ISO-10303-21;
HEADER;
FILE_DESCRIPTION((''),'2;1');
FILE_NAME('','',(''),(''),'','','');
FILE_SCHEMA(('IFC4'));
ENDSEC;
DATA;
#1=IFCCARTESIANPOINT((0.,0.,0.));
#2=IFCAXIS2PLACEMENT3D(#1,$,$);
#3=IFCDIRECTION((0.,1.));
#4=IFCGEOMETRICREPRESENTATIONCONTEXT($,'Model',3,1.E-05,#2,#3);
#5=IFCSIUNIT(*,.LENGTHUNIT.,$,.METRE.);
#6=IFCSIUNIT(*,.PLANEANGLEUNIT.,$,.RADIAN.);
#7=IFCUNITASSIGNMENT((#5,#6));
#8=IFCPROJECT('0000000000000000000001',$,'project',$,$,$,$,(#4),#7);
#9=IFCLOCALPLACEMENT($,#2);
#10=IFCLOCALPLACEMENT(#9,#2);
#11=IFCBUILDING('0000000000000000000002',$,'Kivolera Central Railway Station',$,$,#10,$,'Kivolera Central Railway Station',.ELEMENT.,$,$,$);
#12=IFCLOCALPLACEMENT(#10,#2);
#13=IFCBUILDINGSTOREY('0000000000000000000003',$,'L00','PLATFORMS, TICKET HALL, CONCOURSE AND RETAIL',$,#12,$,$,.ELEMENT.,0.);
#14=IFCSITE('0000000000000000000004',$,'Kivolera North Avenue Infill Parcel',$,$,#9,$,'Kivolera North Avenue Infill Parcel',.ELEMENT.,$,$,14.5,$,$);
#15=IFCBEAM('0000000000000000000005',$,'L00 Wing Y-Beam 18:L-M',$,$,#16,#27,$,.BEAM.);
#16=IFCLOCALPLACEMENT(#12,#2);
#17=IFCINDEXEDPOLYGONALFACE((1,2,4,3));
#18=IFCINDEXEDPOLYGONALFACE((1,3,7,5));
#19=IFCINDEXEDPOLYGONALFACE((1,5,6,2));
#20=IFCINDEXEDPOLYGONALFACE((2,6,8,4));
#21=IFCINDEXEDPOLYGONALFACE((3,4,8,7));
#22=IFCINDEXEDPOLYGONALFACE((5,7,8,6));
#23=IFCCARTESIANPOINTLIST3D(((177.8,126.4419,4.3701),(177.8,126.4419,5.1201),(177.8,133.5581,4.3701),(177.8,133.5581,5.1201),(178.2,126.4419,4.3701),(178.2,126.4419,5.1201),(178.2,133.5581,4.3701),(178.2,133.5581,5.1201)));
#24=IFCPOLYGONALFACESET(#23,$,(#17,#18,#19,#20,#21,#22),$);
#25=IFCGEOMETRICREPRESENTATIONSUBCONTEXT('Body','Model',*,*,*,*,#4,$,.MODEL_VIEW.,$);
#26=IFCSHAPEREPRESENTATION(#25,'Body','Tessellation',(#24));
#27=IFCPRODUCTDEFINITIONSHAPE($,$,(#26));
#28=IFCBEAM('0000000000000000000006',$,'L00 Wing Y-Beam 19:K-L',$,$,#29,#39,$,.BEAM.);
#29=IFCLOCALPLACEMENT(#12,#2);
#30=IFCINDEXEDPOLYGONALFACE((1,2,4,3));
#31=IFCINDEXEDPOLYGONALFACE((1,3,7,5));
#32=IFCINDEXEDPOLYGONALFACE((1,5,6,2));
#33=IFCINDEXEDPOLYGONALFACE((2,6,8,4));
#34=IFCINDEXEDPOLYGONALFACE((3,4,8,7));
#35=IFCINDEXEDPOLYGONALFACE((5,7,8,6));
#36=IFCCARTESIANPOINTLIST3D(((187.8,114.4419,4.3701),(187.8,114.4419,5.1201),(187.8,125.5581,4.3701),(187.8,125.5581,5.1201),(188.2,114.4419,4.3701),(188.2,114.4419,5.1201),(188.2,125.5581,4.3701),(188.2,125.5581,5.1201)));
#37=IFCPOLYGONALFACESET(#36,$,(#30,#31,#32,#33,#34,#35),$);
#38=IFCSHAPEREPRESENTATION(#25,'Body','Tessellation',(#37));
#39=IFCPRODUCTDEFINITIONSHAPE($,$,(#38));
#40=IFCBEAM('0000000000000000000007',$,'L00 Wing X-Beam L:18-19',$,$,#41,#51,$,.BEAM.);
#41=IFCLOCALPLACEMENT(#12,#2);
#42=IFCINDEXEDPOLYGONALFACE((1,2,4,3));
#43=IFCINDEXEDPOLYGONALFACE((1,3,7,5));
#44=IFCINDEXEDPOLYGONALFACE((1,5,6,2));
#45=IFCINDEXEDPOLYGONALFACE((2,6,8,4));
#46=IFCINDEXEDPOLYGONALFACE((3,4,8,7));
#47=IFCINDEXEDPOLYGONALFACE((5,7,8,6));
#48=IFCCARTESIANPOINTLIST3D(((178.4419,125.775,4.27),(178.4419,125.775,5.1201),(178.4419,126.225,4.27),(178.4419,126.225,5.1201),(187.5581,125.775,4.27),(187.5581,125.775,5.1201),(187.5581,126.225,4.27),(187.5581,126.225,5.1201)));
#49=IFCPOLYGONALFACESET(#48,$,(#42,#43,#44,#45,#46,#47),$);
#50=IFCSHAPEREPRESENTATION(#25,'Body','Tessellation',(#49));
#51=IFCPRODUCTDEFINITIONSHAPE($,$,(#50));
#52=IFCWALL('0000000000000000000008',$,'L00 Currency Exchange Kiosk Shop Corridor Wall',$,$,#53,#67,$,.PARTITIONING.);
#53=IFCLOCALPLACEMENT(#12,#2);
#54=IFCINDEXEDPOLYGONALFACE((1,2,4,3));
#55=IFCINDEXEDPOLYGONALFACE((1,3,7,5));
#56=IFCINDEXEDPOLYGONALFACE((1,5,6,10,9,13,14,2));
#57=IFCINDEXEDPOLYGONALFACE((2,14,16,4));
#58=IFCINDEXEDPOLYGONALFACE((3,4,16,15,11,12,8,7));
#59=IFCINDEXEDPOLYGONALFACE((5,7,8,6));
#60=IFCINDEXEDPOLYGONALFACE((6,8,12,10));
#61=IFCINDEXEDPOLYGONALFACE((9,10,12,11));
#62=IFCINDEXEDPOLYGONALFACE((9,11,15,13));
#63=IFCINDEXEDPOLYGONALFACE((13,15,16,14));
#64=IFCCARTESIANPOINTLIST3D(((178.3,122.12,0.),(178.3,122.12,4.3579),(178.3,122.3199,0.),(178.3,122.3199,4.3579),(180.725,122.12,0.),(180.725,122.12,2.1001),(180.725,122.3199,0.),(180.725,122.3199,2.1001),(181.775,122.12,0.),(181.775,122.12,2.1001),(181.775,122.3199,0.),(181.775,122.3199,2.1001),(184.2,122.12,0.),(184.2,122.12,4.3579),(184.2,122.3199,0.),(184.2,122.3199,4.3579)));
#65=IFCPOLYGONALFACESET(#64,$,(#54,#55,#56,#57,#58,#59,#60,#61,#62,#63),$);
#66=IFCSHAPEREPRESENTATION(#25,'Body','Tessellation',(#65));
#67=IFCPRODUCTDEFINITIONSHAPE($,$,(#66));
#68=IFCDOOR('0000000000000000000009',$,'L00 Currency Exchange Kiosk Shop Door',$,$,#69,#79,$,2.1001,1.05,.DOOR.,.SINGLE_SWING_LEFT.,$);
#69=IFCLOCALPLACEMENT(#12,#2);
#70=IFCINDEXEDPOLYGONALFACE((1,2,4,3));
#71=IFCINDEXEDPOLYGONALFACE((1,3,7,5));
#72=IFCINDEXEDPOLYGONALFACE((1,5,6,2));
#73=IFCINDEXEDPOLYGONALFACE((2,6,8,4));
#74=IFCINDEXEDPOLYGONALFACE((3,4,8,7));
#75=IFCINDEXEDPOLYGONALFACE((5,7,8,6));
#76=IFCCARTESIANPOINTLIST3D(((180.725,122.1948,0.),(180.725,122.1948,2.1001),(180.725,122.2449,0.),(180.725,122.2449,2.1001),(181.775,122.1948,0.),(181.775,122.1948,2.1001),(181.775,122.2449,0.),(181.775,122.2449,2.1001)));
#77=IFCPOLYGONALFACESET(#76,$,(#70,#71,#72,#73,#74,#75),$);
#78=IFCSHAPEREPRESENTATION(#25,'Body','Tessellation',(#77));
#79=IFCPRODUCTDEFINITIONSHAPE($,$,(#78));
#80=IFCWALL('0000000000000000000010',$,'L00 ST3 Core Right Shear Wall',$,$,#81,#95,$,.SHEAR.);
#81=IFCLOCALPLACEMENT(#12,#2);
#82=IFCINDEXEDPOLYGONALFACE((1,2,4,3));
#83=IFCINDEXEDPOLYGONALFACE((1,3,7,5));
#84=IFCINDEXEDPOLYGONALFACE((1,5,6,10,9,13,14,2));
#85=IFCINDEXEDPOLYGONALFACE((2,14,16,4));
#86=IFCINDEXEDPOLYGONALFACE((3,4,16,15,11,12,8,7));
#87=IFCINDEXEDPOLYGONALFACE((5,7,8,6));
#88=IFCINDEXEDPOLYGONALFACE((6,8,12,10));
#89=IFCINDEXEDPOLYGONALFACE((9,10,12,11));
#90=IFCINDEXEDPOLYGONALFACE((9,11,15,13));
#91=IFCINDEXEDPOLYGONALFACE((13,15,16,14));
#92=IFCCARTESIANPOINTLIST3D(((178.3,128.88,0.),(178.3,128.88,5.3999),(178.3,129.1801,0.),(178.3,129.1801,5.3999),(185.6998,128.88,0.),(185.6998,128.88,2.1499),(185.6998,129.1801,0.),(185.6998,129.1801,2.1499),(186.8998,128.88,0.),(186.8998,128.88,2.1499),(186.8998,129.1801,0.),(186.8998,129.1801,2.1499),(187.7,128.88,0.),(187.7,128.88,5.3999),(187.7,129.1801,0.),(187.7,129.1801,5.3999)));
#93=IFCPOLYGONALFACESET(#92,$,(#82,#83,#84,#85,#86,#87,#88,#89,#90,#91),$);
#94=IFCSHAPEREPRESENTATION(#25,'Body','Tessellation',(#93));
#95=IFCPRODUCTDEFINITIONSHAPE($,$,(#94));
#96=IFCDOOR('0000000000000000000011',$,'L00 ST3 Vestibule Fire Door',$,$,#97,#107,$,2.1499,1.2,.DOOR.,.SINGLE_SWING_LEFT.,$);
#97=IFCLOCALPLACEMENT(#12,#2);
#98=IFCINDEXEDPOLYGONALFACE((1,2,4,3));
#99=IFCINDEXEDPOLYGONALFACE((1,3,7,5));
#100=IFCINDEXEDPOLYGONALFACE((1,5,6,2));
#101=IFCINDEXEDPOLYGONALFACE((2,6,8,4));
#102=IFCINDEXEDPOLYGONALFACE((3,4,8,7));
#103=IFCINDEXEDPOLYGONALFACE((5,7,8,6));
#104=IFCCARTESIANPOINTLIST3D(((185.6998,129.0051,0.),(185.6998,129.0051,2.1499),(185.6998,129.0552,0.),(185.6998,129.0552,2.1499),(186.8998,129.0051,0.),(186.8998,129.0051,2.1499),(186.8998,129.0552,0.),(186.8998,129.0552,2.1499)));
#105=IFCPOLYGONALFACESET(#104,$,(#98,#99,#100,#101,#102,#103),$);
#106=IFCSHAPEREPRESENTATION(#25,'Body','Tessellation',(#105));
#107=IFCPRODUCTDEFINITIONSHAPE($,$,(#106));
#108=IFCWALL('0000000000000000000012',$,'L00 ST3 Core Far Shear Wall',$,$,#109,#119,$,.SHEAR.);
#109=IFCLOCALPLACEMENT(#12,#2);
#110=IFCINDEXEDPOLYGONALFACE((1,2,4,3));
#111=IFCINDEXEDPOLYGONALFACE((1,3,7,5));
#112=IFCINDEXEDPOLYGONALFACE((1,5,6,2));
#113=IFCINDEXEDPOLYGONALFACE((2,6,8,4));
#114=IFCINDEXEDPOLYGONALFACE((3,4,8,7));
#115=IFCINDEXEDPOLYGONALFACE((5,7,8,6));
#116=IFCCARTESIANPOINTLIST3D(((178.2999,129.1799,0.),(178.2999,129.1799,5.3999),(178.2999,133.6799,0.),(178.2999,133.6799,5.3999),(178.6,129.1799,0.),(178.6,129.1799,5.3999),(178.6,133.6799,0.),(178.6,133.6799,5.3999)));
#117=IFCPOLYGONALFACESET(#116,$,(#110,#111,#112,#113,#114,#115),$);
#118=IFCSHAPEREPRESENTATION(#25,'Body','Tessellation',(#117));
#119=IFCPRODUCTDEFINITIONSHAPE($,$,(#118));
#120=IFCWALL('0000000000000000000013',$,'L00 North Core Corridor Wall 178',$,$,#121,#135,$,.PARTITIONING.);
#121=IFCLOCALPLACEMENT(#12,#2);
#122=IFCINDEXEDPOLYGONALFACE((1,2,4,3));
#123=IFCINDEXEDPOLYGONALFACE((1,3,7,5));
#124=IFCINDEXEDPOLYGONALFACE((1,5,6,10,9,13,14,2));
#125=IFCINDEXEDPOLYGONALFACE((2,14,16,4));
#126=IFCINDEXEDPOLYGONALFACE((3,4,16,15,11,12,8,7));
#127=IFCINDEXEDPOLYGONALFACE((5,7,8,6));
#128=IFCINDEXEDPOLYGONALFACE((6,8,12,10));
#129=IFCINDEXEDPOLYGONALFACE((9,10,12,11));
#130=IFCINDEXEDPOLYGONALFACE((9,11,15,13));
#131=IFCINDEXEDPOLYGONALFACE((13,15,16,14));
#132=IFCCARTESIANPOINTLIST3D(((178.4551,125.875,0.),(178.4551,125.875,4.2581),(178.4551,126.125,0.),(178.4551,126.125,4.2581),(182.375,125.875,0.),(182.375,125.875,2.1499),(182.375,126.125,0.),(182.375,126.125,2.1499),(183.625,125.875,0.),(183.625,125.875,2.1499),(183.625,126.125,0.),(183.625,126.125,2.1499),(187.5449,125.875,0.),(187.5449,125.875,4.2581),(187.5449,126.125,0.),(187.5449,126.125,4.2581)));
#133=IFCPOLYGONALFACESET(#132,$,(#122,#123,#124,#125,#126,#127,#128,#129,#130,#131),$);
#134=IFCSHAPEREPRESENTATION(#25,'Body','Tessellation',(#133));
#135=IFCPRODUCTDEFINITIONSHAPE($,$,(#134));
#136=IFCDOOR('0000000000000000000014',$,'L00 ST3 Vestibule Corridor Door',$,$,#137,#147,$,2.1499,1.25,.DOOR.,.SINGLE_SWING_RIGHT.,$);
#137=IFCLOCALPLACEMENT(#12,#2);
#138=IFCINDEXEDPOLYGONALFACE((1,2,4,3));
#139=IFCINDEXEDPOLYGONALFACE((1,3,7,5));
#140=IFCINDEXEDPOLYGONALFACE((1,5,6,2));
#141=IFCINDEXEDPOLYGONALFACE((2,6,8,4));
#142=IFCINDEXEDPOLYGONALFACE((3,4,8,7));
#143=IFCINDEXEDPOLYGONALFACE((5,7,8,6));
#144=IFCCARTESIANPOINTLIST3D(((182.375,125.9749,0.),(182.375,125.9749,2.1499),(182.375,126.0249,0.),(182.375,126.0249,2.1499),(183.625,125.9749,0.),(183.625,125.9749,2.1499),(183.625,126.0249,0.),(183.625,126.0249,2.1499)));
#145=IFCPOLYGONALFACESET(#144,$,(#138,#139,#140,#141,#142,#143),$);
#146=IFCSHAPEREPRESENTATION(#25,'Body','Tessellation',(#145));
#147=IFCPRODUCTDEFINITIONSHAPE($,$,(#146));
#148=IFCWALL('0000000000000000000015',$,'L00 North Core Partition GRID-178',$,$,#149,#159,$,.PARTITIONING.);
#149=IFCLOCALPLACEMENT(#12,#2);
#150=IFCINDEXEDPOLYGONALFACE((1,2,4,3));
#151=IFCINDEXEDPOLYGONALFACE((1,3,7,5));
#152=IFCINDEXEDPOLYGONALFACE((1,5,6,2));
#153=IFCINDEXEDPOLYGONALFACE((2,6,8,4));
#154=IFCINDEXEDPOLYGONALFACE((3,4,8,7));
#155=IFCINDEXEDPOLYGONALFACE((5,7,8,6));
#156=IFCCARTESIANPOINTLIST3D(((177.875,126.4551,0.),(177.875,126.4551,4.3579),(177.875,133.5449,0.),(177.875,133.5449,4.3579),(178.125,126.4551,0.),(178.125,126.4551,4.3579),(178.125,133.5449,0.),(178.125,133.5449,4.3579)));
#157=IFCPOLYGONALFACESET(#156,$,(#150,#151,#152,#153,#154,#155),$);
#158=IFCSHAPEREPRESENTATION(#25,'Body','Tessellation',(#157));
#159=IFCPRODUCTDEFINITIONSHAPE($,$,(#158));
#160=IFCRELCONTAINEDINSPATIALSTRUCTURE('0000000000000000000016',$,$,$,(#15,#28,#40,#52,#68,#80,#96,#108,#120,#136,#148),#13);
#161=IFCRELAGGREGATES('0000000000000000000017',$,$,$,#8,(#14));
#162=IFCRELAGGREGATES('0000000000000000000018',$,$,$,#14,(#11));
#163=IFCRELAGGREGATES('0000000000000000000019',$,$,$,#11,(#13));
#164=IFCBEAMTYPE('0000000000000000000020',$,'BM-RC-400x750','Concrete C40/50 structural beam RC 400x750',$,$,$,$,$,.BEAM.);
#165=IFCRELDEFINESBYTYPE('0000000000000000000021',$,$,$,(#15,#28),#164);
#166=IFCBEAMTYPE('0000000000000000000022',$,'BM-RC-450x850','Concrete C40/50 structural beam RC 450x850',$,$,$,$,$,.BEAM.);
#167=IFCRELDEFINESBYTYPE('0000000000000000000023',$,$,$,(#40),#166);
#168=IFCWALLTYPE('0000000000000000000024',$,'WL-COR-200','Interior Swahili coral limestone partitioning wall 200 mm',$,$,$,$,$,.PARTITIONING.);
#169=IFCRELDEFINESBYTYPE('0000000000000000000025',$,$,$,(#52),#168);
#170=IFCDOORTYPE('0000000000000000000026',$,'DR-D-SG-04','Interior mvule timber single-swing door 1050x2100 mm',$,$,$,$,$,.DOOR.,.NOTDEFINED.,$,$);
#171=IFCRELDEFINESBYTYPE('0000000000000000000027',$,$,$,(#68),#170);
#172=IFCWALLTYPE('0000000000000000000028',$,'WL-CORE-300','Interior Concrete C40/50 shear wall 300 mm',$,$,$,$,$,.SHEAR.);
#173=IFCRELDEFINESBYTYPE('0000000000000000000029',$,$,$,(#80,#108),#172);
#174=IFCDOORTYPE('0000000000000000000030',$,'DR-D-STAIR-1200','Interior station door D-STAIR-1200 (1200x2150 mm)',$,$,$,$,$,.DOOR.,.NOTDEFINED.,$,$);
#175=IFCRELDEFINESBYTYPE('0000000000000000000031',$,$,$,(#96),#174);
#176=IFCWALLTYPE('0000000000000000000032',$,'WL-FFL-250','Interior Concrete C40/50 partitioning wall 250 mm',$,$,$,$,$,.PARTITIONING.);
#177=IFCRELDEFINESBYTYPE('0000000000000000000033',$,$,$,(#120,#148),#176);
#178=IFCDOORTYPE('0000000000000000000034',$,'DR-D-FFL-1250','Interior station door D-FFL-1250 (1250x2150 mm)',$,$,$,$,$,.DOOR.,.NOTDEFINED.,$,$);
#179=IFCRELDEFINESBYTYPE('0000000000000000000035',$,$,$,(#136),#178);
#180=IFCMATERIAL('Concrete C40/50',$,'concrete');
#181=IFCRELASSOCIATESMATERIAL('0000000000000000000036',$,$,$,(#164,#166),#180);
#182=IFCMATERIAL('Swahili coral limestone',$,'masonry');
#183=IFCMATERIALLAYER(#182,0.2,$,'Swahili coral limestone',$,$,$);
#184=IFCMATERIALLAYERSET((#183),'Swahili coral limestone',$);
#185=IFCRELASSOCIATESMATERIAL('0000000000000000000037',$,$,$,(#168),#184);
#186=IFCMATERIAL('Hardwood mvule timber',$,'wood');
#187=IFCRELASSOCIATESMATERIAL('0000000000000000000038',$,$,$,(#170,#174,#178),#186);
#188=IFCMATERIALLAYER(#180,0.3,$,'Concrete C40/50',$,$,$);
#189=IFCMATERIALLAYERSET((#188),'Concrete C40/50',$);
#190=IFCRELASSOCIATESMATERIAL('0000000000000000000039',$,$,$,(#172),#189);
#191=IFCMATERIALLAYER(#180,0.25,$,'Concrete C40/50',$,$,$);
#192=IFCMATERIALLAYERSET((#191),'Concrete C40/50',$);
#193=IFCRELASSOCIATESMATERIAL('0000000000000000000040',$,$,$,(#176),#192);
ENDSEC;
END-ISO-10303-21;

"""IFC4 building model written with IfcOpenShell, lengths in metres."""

from ifc_helpers import new_model, si_unit, direction, frame, frame_2d, origin, origin_2d, place, context, subcontext, project, spatial, rectangle, extrude, material, layer, layer_set, material_profile, profile_set, type_object, element, fill, save


model = new_model("IFC4")

# Units and contexts
model_context = context("Model", 3, precision=1e-05, world=origin(), true_north=direction((0.0, 1.0)))
body_context = subcontext(model_context, "Body", "Model", "MODEL_VIEW")
ifc_project = project(units=[si_unit("LENGTHUNIT", "METRE"), si_unit("PLANEANGLEUNIT", "RADIAN")], contexts=[model_context])

# Site, building, storey
site_placement = place(None, origin())
site = spatial("IfcSite", under=ifc_project, at=site_placement, Name="Kivolera North Avenue Infill Parcel", LongName="Kivolera North Avenue Infill Parcel", CompositionType="ELEMENT", RefElevation=14.5)
building_placement = place(site_placement, origin())
building = spatial("IfcBuilding", under=site, at=building_placement, Name="Kivolera Central Railway Station", LongName="Kivolera Central Railway Station", CompositionType="ELEMENT")
storey_placement = place(building_placement, origin())
storey = spatial("IfcBuildingStorey", under=building, at=storey_placement, Name="L00", Description="PLATFORMS, TICKET HALL, CONCOURSE AND RETAIL", CompositionType="ELEMENT", Elevation=0.0)

# Shared definitions
ifc_material_1 = material(Name="Concrete C40/50", Category="concrete")

# Beams
ifc_material_profile_1 = material_profile(ifc_material_1, rectangle(XDim=0.3999, YDim=0.75, at=origin_2d()), Name="RC 400x750")
ifc_profile_set_1 = profile_set([ifc_material_profile_1], Name="Concrete C40/50")
beam_type_1 = type_object("IfcBeamType", Name="BM-RC-400x750", Description="Concrete C40/50 structural beam RC 400x750", PredefinedType="BEAM", material=ifc_profile_set_1)
beam_1_placement = place(storey_placement, frame((178.0, 126.4419, 4.7451), z_axis=(0.0, 1.0, 0.0), x_axis=(-1.0, 0.0, 0.0)))
element("IfcBeam", 1, at=beam_1_placement, inside=storey, type_object=beam_type_1, Name="L00 Wing Y-Beam 18:L-M", PredefinedType="BEAM", context=body_context, shape_type="SweptSolid", body=[
    extrude(rectangle(XDim=0.3999, YDim=0.75, at=origin_2d()), origin(), (0.0, 0.0, 1.0), 7.1162),
])
beam_2_placement = place(storey_placement, frame((188.0, 114.4419, 4.7451), z_axis=(0.0, 1.0, 0.0), x_axis=(-1.0, 0.0, 0.0)))
element("IfcBeam", 2, at=beam_2_placement, inside=storey, type_object=beam_type_1, Name="L00 Wing Y-Beam 19:K-L", PredefinedType="BEAM", context=body_context, shape_type="SweptSolid", body=[
    extrude(rectangle(XDim=0.3999, YDim=0.75, at=origin_2d()), origin(), (0.0, 0.0, 1.0), 11.1162),
])
ifc_material_profile_2 = material_profile(ifc_material_1, rectangle(XDim=0.45, YDim=0.8501, at=origin_2d()), Name="RC 450x850")
ifc_profile_set_2 = profile_set([ifc_material_profile_2], Name="Concrete C40/50")
beam_type_2 = type_object("IfcBeamType", Name="BM-RC-450x850", Description="Concrete C40/50 structural beam RC 450x850", PredefinedType="BEAM", material=ifc_profile_set_2)
beam_3_placement = place(storey_placement, frame((178.4419, 126.0, 4.6951), z_axis=(1.0, 0.0, 0.0), x_axis=(0.0, 1.0, 0.0)))
element("IfcBeam", 3, at=beam_3_placement, inside=storey, type_object=beam_type_2, Name="L00 Wing X-Beam L:18-19", PredefinedType="BEAM", context=body_context, shape_type="SweptSolid", body=[
    extrude(rectangle(XDim=0.45, YDim=0.8501, at=origin_2d()), origin(), (0.0, 0.0, 1.0), 9.1162),
])

# Walls, openings, doors
ifc_material_2 = material(Name="Swahili coral limestone", Category="masonry")
ifc_layer_1 = layer(ifc_material_2, 0.2, Name="Swahili coral limestone")
ifc_layer_set_1 = layer_set([ifc_layer_1], Name="Swahili coral limestone")
wall_type_1 = type_object("IfcWallType", Name="WL-COR-200", Description="Interior Swahili coral limestone partitioning wall 200 mm", PredefinedType="PARTITIONING", material=ifc_layer_set_1)
wall_1_placement = place(storey_placement, frame((178.3, 122.22, 0.0), z_axis=(0.0, 0.0, 1.0), x_axis=(1.0, 0.0, 0.0)))
wall_1 = element("IfcWall", 4, at=wall_1_placement, inside=storey, type_object=wall_type_1, Name="L00 Currency Exchange Kiosk Shop Corridor Wall", PredefinedType="PARTITIONING", context=body_context, shape_type="SweptSolid", body=[
    extrude(rectangle(XDim=5.8999, YDim=0.2, at=frame_2d((2.95, 0.0))), origin(), (0.0, 0.0, 1.0), 4.3579),
])
opening_1_placement = place(wall_1_placement, frame((2.425, 0.0, 0.0)))
opening_1 = element("IfcOpeningElement", 5, at=opening_1_placement, cuts=wall_1, PredefinedType="OPENING", context=body_context, shape_type="SweptSolid", body=[
    extrude(rectangle(XDim=1.05, YDim=2.1001, at=frame_2d((0.5249, 1.05))), frame((0.0, 0.1099, 0.0), z_axis=(0.0, -1.0, 0.0), x_axis=(1.0, 0.0, 0.0)), (0.0, 0.0, 1.0), 0.22),
])
ifc_material_3 = material(Name="Hardwood mvule timber", Category="wood")
door_type_1 = type_object("IfcDoorType", Name="DR-D-SG-04", Description="Interior mvule timber single-swing door 1050x2100 mm", OperationType="NOTDEFINED", PredefinedType="DOOR", material=ifc_material_3)
door_1_placement = place(opening_1_placement, origin())
door_1 = element("IfcDoor", 6, at=door_1_placement, inside=storey, type_object=door_type_1, Name="L00 Currency Exchange Kiosk Shop Door", OperationType="SINGLE_SWING_LEFT", OverallHeight=2.1001, OverallWidth=1.05, PredefinedType="DOOR", context=body_context, shape_type="SweptSolid", body=[
    extrude(rectangle(XDim=1.05, YDim=2.1001, at=frame_2d((0.5249, 1.05))), frame((0.0, 0.0249, 0.0), z_axis=(0.0, -1.0, 0.0), x_axis=(1.0, 0.0, 0.0)), (0.0, 0.0, 1.0), 0.05),
])
fill(opening_1, door_1)
ifc_layer_2 = layer(ifc_material_1, 0.3, Name="Concrete C40/50")
ifc_layer_set_2 = layer_set([ifc_layer_2], Name="Concrete C40/50")
wall_type_2 = type_object("IfcWallType", Name="WL-CORE-300", Description="Interior Concrete C40/50 shear wall 300 mm", PredefinedType="SHEAR", material=ifc_layer_set_2)
wall_2_placement = place(storey_placement, frame((187.7, 129.03, 0.0), z_axis=(0.0, 0.0, 1.0), x_axis=(-1.0, 0.0, 0.0)))
wall_2 = element("IfcWall", 7, at=wall_2_placement, inside=storey, type_object=wall_type_2, Name="L00 ST3 Core Right Shear Wall", PredefinedType="SHEAR", context=body_context, shape_type="SweptSolid", body=[
    extrude(rectangle(XDim=9.3999, YDim=0.3, at=frame_2d((4.7, 0.0))), origin(), (0.0, 0.0, 1.0), 5.3999),
])
opening_2_placement = place(wall_2_placement, frame((0.8, 0.0, 0.0)))
opening_2 = element("IfcOpeningElement", 8, at=opening_2_placement, cuts=wall_2, PredefinedType="OPENING", context=body_context, shape_type="SweptSolid", body=[
    extrude(rectangle(XDim=1.2, YDim=2.1499, at=frame_2d((0.6001, 1.075))), frame((0.0, 0.1599, 0.0), z_axis=(0.0, -1.0, 0.0), x_axis=(1.0, 0.0, 0.0)), (0.0, 0.0, 1.0), 0.3201),
])
door_type_2 = type_object("IfcDoorType", Name="DR-D-STAIR-1200", Description="Interior station door D-STAIR-1200 (1200x2150 mm)", OperationType="NOTDEFINED", PredefinedType="DOOR", material=ifc_material_3)
door_2_placement = place(opening_2_placement, origin())
door_2 = element("IfcDoor", 9, at=door_2_placement, inside=storey, type_object=door_type_2, Name="L00 ST3 Vestibule Fire Door", OperationType="SINGLE_SWING_LEFT", OverallHeight=2.1499, OverallWidth=1.2, PredefinedType="DOOR", context=body_context, shape_type="SweptSolid", body=[
    extrude(rectangle(XDim=1.2, YDim=2.1499, at=frame_2d((0.6001, 1.075))), frame((0.0, 0.0249, 0.0), z_axis=(0.0, -1.0, 0.0), x_axis=(1.0, 0.0, 0.0)), (0.0, 0.0, 1.0), 0.05),
])
fill(opening_2, door_2)

# Wall
wall_3_placement = place(storey_placement, frame((178.45, 129.1799, 0.0), z_axis=(0.0, 0.0, 1.0), x_axis=(0.0, 1.0, 0.0)))
element("IfcWall", 10, at=wall_3_placement, inside=storey, type_object=wall_type_2, Name="L00 ST3 Core Far Shear Wall", PredefinedType="SHEAR", context=body_context, shape_type="SweptSolid", body=[
    extrude(rectangle(XDim=4.5, YDim=0.3, at=frame_2d((2.25, 0.0))), origin(), (0.0, 0.0, 1.0), 5.3999),
])

# Wall, opening, door
ifc_layer_3 = layer(ifc_material_1, 0.25, Name="Concrete C40/50")
ifc_layer_set_3 = layer_set([ifc_layer_3], Name="Concrete C40/50")
wall_type_3 = type_object("IfcWallType", Name="WL-FFL-250", Description="Interior Concrete C40/50 partitioning wall 250 mm", PredefinedType="PARTITIONING", material=ifc_layer_set_3)
wall_4_placement = place(storey_placement, frame((178.4551, 126.0, 0.0), z_axis=(0.0, 0.0, 1.0), x_axis=(1.0, 0.0, 0.0)))
wall_4 = element("IfcWall", 11, at=wall_4_placement, inside=storey, type_object=wall_type_3, Name="L00 North Core Corridor Wall 178", PredefinedType="PARTITIONING", context=body_context, shape_type="SweptSolid", body=[
    extrude(rectangle(XDim=9.0898, YDim=0.25, at=frame_2d((4.5449, 0.0))), origin(), (0.0, 0.0, 1.0), 4.2581),
])
opening_3_placement = place(wall_4_placement, frame((3.9199, 0.0, 0.0)))
opening_3 = element("IfcOpeningElement", 12, at=opening_3_placement, cuts=wall_4, PredefinedType="OPENING", context=body_context, shape_type="SweptSolid", body=[
    extrude(rectangle(XDim=1.25, YDim=2.1499, at=frame_2d((0.625, 1.075))), frame((0.0, 0.135, 0.0), z_axis=(0.0, -1.0, 0.0), x_axis=(1.0, 0.0, 0.0)), (0.0, 0.0, 1.0), 0.27),
])
door_type_3 = type_object("IfcDoorType", Name="DR-D-FFL-1250", Description="Interior station door D-FFL-1250 (1250x2150 mm)", OperationType="NOTDEFINED", PredefinedType="DOOR", material=ifc_material_3)
door_3_placement = place(opening_3_placement, origin())
door_3 = element("IfcDoor", 13, at=door_3_placement, inside=storey, type_object=door_type_3, Name="L00 ST3 Vestibule Corridor Door", OperationType="SINGLE_SWING_RIGHT", OverallHeight=2.1499, OverallWidth=1.25, PredefinedType="DOOR", context=body_context, shape_type="SweptSolid", body=[
    extrude(rectangle(XDim=1.25, YDim=2.1499, at=frame_2d((0.625, 1.075))), frame((0.0, 0.0249, 0.0), z_axis=(0.0, -1.0, 0.0), x_axis=(1.0, 0.0, 0.0)), (0.0, 0.0, 1.0), 0.05),
])
fill(opening_3, door_3)

# Wall
wall_5_placement = place(storey_placement, frame((178.0, 126.4551, 0.0), z_axis=(0.0, 0.0, 1.0), x_axis=(0.0, 1.0, 0.0)))
element("IfcWall", 14, at=wall_5_placement, inside=storey, type_object=wall_type_3, Name="L00 North Core Partition GRID-178", PredefinedType="PARTITIONING", context=body_context, shape_type="SweptSolid", body=[
    extrude(rectangle(XDim=7.0898, YDim=0.25, at=frame_2d((3.5449, 0.0))), origin(), (0.0, 0.0, 1.0), 4.3579),
])

save(model, "model.ifc")
